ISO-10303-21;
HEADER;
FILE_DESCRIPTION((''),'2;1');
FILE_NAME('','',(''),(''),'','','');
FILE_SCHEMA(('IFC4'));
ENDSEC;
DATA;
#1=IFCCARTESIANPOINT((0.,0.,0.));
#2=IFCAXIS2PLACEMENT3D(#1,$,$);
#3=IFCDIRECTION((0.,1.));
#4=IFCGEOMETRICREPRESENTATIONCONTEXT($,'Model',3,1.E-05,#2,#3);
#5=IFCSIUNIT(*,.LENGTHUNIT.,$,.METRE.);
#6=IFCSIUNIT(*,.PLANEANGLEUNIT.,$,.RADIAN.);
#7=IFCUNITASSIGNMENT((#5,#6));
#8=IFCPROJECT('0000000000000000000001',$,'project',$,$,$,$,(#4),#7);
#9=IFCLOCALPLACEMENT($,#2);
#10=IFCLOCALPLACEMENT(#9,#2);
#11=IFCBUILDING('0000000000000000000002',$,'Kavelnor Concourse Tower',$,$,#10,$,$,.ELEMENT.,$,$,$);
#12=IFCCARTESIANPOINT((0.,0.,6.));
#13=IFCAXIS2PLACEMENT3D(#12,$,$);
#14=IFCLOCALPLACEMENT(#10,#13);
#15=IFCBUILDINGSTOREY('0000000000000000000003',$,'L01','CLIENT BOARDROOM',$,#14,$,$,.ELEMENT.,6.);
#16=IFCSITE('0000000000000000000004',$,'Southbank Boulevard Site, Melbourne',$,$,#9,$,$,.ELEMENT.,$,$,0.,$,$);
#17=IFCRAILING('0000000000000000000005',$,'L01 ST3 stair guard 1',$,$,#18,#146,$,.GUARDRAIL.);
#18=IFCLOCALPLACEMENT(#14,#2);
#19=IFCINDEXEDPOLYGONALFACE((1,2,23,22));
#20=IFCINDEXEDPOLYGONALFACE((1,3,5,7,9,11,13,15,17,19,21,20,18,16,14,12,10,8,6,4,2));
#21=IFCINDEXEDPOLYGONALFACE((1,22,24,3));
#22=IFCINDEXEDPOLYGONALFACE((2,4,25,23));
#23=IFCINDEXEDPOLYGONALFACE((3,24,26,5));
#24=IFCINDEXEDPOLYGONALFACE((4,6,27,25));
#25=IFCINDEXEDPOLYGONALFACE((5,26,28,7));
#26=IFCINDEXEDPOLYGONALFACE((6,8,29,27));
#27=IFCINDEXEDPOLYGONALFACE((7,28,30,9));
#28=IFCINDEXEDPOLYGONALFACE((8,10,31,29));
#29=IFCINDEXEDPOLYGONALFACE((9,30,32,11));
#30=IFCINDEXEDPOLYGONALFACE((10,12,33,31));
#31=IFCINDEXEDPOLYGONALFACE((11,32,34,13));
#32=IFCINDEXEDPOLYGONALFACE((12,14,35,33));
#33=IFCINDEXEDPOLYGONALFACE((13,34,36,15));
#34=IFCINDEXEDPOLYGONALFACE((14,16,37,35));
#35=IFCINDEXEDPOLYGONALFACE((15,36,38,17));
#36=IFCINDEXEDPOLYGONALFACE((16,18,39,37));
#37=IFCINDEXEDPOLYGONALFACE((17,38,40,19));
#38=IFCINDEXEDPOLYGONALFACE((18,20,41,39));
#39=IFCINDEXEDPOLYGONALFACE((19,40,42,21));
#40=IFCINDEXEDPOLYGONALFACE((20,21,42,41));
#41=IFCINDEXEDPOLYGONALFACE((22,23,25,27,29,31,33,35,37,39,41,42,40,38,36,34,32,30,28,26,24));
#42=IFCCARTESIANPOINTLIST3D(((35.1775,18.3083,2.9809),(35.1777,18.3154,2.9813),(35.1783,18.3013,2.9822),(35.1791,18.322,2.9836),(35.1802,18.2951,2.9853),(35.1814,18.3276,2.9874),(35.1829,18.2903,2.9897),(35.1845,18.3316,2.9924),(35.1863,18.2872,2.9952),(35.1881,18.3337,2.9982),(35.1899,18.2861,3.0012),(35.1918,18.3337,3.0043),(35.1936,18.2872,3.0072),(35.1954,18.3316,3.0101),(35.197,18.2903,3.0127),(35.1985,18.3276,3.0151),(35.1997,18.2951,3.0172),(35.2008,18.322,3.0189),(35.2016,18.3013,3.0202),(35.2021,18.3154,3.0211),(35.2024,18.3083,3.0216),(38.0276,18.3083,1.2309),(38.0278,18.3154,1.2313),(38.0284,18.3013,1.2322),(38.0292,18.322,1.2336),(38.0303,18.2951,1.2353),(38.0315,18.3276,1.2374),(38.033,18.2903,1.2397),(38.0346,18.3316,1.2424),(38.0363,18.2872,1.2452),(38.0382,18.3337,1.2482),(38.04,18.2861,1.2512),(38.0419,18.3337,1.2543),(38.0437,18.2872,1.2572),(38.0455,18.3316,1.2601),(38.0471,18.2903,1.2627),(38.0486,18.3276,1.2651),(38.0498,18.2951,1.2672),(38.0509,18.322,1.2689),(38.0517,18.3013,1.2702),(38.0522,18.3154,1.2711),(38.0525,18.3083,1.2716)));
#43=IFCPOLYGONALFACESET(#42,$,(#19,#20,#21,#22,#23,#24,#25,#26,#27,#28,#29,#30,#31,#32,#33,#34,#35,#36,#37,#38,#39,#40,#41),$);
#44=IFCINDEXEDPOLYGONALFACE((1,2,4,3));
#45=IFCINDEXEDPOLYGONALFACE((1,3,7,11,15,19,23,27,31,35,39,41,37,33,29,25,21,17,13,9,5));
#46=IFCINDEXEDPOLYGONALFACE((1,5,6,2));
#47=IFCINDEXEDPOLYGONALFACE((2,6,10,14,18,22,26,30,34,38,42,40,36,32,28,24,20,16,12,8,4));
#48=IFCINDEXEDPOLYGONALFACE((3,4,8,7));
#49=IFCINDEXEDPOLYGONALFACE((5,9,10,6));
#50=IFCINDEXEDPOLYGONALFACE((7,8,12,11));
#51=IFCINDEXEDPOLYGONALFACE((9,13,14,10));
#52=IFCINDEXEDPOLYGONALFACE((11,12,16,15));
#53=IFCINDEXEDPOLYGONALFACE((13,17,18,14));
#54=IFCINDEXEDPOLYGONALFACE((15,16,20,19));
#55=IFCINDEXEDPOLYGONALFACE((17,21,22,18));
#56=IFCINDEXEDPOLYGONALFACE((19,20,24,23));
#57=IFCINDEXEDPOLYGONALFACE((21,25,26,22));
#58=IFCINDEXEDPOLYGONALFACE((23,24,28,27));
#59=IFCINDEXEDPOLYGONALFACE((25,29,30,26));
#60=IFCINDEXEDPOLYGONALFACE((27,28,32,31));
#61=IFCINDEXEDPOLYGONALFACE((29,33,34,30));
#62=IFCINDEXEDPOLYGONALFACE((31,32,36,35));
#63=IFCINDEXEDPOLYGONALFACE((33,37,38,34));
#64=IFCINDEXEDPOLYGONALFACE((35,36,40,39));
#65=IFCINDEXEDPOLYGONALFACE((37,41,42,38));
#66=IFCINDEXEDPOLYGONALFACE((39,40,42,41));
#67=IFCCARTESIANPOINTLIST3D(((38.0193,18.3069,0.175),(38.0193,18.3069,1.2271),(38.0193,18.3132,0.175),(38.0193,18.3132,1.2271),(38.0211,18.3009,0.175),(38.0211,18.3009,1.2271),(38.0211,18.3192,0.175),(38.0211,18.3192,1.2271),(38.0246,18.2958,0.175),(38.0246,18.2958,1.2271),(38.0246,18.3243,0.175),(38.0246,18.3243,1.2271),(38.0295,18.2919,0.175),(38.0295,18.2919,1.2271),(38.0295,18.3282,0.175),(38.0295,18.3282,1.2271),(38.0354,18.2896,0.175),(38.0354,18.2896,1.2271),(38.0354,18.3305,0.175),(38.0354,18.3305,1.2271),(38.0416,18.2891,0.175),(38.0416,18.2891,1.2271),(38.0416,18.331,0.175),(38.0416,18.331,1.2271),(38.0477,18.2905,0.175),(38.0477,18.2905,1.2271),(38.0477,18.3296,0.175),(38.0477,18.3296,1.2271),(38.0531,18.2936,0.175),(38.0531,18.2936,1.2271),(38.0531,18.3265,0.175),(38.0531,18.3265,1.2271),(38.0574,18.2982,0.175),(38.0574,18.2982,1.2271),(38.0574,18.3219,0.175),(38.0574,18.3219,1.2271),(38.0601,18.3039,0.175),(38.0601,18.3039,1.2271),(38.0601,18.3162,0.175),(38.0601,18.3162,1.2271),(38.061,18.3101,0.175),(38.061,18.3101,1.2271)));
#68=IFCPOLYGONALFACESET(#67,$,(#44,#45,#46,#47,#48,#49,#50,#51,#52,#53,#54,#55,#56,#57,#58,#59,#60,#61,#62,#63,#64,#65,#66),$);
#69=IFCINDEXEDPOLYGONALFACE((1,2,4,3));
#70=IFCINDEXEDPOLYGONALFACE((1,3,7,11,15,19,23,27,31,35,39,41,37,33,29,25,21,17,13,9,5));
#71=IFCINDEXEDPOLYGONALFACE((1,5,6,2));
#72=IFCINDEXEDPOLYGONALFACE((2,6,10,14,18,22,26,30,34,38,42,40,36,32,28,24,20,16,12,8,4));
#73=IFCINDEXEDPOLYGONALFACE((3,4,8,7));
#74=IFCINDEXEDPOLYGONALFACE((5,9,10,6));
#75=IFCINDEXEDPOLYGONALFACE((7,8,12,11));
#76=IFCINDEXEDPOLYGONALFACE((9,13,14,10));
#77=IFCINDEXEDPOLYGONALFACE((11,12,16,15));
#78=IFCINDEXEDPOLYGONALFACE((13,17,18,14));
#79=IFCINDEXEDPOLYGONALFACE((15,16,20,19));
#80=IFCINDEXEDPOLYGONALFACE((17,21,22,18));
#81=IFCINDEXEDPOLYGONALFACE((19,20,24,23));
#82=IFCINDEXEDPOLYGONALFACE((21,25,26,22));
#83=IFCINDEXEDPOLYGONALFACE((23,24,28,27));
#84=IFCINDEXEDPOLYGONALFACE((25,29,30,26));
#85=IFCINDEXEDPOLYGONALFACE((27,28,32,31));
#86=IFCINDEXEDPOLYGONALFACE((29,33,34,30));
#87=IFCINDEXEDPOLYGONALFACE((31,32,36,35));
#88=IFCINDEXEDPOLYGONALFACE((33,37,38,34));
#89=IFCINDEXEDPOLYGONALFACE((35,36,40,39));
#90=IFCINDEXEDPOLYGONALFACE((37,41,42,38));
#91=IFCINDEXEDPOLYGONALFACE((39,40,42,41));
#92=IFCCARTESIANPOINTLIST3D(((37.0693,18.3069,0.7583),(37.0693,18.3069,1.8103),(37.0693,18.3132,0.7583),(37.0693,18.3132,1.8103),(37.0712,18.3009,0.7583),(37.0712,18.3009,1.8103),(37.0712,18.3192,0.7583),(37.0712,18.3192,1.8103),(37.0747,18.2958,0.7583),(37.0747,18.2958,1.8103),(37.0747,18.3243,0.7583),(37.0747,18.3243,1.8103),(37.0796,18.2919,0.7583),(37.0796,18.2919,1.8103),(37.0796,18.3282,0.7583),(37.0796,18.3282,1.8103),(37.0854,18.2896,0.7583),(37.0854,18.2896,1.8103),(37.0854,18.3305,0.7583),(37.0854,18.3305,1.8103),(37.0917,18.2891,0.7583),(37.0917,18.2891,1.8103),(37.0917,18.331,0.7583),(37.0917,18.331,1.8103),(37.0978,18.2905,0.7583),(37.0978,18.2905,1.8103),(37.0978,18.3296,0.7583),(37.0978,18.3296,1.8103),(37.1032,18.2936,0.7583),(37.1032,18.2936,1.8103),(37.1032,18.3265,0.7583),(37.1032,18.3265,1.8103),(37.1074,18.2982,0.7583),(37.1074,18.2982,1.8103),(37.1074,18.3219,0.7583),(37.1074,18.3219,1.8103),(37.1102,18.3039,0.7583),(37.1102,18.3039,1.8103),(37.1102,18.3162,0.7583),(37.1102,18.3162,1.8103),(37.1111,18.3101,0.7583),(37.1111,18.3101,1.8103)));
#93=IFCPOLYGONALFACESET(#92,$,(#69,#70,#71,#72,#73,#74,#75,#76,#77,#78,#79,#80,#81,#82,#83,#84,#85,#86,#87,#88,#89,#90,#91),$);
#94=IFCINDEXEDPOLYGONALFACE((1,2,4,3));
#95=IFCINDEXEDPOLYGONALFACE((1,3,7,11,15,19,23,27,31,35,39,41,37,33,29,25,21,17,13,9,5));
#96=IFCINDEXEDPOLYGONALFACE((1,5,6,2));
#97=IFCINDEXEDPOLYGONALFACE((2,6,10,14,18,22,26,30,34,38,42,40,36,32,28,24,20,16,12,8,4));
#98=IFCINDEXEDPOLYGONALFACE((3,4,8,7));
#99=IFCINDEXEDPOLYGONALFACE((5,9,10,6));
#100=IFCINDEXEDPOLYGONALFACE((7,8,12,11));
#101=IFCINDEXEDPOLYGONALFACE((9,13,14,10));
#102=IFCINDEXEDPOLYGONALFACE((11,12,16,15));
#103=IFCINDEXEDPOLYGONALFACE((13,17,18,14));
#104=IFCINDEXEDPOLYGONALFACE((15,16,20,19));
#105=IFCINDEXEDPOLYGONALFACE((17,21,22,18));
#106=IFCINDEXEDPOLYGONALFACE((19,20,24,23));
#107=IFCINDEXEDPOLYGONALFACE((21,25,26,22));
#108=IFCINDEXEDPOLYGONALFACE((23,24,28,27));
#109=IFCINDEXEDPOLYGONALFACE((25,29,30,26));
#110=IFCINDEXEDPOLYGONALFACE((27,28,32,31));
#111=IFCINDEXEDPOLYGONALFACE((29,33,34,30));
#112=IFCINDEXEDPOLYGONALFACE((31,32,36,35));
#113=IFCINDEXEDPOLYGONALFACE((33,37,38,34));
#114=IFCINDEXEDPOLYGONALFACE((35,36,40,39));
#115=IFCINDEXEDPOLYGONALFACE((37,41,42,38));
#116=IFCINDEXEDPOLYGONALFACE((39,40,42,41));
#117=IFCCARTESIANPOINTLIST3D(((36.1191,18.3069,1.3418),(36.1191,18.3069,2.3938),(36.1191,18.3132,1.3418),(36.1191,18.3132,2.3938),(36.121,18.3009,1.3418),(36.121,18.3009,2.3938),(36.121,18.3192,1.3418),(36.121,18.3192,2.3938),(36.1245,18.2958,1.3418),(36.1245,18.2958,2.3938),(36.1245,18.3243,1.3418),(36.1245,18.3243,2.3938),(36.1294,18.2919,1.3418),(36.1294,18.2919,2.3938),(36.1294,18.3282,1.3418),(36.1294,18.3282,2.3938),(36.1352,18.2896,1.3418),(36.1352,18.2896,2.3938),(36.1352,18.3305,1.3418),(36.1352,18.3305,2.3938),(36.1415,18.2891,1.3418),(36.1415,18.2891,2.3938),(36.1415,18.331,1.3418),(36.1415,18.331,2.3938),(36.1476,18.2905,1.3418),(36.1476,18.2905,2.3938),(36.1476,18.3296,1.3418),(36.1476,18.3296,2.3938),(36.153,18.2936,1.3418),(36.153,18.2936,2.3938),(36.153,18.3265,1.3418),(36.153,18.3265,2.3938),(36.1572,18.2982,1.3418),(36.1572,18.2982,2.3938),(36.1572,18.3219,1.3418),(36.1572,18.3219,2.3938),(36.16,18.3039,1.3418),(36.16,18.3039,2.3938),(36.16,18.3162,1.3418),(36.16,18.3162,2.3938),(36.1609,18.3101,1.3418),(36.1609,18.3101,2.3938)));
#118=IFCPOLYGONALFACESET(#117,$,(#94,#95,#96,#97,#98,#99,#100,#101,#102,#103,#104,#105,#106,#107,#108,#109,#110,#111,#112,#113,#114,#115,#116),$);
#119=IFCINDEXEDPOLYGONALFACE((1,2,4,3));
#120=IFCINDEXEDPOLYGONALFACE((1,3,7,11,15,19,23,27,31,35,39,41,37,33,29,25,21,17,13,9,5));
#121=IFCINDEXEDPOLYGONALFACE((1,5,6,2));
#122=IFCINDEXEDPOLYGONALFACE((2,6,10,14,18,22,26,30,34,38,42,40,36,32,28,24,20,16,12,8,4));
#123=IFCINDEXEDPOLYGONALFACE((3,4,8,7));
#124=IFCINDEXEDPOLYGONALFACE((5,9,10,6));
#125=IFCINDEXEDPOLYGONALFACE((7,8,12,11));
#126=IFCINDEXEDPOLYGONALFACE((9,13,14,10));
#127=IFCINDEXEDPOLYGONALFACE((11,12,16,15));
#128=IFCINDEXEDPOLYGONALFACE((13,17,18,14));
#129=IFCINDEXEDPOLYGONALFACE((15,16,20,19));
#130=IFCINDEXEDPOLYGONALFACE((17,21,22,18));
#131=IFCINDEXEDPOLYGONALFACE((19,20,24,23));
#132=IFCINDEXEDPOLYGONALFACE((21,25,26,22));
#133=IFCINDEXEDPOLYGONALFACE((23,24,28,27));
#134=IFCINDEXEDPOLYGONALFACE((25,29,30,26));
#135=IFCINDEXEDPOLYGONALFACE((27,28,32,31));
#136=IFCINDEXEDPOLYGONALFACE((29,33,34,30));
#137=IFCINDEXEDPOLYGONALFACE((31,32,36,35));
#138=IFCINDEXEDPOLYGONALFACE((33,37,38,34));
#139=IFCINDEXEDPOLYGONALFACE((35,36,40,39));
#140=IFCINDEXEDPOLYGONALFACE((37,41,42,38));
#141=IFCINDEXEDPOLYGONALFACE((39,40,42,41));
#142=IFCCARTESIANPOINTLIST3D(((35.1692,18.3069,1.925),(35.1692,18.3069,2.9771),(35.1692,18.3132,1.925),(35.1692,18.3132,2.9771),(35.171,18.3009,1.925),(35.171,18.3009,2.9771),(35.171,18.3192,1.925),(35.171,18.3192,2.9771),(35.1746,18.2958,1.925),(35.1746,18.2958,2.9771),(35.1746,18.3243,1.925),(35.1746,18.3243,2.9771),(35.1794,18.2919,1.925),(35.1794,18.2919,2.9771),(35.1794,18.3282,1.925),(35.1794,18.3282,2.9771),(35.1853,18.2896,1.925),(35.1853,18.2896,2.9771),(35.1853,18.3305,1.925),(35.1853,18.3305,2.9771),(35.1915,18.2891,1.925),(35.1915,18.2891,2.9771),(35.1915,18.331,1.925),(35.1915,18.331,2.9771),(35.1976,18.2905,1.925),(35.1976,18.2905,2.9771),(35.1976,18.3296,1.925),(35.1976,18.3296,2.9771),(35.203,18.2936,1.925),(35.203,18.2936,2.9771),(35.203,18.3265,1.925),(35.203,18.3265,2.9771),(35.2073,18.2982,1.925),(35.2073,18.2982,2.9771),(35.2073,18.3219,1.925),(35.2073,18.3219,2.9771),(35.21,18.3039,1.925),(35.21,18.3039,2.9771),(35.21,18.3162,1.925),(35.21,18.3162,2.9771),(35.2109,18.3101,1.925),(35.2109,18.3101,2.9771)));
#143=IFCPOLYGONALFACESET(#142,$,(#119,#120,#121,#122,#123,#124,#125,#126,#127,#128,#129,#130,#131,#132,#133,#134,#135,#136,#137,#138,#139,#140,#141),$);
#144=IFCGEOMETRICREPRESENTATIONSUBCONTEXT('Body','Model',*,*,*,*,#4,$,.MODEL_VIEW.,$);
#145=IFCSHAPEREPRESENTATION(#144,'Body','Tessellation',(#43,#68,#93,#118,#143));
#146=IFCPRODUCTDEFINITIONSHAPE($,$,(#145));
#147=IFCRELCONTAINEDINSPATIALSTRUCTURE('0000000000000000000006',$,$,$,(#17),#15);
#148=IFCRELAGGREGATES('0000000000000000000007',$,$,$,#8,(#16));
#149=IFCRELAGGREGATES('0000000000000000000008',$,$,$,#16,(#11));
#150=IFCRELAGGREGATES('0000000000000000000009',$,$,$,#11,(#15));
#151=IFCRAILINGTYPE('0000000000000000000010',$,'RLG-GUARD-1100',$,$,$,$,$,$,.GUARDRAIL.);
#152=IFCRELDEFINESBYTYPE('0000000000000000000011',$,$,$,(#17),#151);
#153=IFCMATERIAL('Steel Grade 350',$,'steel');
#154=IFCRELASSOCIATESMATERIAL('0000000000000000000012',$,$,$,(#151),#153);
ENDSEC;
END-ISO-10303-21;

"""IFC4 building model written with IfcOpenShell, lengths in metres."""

from ifc_helpers import new_model, si_unit, direction, frame, origin, origin_2d, place, context, subcontext, project, spatial, circle, extrude, material, type_object, element, save


model = new_model("IFC4")

# Units and contexts
model_context = context("Model", 3, precision=1e-05, world=origin(), true_north=direction((0.0, 1.0)))
body_context = subcontext(model_context, "Body", "Model", "MODEL_VIEW")
ifc_project = project(units=[si_unit("LENGTHUNIT", "METRE"), si_unit("PLANEANGLEUNIT", "RADIAN")], contexts=[model_context])

# Site, building, storey
site_placement = place(None, origin())
site = spatial("IfcSite", under=ifc_project, at=site_placement, Name="Southbank Boulevard Site, Melbourne", CompositionType="ELEMENT", RefElevation=0.0)
building_placement = place(site_placement, origin())
building = spatial("IfcBuilding", under=site, at=building_placement, Name="Kavelnor Concourse Tower", CompositionType="ELEMENT")
storey_placement = place(building_placement, frame((0.0, 0.0, 6.0)))
storey = spatial("IfcBuildingStorey", under=building, at=storey_placement, Name="L01", Description="CLIENT BOARDROOM", CompositionType="ELEMENT", Elevation=6.0)

# Shared definitions
ifc_material_1 = material(Name="Steel Grade 350", Category="steel")

# Railing
railing_type_1 = type_object("IfcRailingType", Name="RLG-GUARD-1100", PredefinedType="GUARDRAIL", material=ifc_material_1)
railing_1_placement = place(storey_placement, frame((38.04, 18.3101, 0.175)))
element("IfcRailing", 1, at=railing_1_placement, inside=storey, type_object=railing_type_1, Name="L01 ST3 stair guard 1", PredefinedType="GUARDRAIL", context=body_context, shape_type="SweptSolid", body=[
    extrude(circle(Radius=0.0239, at=origin_2d()), frame((0.0, 0.0, 1.0762), z_axis=(-0.852179, 0.0, 0.52325), x_axis=(0.0, -1.0, 0.0)), (0.0, 0.0, 1.0), 3.3445),
    extrude(circle(Radius=0.021, at=origin_2d()), origin(), (0.0, 0.0, 1.0), 1.052),
    extrude(circle(Radius=0.021, at=origin_2d()), frame((-0.95, 0.0, 0.5833)), (0.0, 0.0, 1.0), 1.052),
    extrude(circle(Radius=0.021, at=origin_2d()), frame((-1.9001, 0.0, 1.1667)), (0.0, 0.0, 1.0), 1.052),
    extrude(circle(Radius=0.021, at=origin_2d()), frame((-2.8501, 0.0, 1.75)), (0.0, 0.0, 1.0), 1.052),
])

save(model, "model.ifc")
